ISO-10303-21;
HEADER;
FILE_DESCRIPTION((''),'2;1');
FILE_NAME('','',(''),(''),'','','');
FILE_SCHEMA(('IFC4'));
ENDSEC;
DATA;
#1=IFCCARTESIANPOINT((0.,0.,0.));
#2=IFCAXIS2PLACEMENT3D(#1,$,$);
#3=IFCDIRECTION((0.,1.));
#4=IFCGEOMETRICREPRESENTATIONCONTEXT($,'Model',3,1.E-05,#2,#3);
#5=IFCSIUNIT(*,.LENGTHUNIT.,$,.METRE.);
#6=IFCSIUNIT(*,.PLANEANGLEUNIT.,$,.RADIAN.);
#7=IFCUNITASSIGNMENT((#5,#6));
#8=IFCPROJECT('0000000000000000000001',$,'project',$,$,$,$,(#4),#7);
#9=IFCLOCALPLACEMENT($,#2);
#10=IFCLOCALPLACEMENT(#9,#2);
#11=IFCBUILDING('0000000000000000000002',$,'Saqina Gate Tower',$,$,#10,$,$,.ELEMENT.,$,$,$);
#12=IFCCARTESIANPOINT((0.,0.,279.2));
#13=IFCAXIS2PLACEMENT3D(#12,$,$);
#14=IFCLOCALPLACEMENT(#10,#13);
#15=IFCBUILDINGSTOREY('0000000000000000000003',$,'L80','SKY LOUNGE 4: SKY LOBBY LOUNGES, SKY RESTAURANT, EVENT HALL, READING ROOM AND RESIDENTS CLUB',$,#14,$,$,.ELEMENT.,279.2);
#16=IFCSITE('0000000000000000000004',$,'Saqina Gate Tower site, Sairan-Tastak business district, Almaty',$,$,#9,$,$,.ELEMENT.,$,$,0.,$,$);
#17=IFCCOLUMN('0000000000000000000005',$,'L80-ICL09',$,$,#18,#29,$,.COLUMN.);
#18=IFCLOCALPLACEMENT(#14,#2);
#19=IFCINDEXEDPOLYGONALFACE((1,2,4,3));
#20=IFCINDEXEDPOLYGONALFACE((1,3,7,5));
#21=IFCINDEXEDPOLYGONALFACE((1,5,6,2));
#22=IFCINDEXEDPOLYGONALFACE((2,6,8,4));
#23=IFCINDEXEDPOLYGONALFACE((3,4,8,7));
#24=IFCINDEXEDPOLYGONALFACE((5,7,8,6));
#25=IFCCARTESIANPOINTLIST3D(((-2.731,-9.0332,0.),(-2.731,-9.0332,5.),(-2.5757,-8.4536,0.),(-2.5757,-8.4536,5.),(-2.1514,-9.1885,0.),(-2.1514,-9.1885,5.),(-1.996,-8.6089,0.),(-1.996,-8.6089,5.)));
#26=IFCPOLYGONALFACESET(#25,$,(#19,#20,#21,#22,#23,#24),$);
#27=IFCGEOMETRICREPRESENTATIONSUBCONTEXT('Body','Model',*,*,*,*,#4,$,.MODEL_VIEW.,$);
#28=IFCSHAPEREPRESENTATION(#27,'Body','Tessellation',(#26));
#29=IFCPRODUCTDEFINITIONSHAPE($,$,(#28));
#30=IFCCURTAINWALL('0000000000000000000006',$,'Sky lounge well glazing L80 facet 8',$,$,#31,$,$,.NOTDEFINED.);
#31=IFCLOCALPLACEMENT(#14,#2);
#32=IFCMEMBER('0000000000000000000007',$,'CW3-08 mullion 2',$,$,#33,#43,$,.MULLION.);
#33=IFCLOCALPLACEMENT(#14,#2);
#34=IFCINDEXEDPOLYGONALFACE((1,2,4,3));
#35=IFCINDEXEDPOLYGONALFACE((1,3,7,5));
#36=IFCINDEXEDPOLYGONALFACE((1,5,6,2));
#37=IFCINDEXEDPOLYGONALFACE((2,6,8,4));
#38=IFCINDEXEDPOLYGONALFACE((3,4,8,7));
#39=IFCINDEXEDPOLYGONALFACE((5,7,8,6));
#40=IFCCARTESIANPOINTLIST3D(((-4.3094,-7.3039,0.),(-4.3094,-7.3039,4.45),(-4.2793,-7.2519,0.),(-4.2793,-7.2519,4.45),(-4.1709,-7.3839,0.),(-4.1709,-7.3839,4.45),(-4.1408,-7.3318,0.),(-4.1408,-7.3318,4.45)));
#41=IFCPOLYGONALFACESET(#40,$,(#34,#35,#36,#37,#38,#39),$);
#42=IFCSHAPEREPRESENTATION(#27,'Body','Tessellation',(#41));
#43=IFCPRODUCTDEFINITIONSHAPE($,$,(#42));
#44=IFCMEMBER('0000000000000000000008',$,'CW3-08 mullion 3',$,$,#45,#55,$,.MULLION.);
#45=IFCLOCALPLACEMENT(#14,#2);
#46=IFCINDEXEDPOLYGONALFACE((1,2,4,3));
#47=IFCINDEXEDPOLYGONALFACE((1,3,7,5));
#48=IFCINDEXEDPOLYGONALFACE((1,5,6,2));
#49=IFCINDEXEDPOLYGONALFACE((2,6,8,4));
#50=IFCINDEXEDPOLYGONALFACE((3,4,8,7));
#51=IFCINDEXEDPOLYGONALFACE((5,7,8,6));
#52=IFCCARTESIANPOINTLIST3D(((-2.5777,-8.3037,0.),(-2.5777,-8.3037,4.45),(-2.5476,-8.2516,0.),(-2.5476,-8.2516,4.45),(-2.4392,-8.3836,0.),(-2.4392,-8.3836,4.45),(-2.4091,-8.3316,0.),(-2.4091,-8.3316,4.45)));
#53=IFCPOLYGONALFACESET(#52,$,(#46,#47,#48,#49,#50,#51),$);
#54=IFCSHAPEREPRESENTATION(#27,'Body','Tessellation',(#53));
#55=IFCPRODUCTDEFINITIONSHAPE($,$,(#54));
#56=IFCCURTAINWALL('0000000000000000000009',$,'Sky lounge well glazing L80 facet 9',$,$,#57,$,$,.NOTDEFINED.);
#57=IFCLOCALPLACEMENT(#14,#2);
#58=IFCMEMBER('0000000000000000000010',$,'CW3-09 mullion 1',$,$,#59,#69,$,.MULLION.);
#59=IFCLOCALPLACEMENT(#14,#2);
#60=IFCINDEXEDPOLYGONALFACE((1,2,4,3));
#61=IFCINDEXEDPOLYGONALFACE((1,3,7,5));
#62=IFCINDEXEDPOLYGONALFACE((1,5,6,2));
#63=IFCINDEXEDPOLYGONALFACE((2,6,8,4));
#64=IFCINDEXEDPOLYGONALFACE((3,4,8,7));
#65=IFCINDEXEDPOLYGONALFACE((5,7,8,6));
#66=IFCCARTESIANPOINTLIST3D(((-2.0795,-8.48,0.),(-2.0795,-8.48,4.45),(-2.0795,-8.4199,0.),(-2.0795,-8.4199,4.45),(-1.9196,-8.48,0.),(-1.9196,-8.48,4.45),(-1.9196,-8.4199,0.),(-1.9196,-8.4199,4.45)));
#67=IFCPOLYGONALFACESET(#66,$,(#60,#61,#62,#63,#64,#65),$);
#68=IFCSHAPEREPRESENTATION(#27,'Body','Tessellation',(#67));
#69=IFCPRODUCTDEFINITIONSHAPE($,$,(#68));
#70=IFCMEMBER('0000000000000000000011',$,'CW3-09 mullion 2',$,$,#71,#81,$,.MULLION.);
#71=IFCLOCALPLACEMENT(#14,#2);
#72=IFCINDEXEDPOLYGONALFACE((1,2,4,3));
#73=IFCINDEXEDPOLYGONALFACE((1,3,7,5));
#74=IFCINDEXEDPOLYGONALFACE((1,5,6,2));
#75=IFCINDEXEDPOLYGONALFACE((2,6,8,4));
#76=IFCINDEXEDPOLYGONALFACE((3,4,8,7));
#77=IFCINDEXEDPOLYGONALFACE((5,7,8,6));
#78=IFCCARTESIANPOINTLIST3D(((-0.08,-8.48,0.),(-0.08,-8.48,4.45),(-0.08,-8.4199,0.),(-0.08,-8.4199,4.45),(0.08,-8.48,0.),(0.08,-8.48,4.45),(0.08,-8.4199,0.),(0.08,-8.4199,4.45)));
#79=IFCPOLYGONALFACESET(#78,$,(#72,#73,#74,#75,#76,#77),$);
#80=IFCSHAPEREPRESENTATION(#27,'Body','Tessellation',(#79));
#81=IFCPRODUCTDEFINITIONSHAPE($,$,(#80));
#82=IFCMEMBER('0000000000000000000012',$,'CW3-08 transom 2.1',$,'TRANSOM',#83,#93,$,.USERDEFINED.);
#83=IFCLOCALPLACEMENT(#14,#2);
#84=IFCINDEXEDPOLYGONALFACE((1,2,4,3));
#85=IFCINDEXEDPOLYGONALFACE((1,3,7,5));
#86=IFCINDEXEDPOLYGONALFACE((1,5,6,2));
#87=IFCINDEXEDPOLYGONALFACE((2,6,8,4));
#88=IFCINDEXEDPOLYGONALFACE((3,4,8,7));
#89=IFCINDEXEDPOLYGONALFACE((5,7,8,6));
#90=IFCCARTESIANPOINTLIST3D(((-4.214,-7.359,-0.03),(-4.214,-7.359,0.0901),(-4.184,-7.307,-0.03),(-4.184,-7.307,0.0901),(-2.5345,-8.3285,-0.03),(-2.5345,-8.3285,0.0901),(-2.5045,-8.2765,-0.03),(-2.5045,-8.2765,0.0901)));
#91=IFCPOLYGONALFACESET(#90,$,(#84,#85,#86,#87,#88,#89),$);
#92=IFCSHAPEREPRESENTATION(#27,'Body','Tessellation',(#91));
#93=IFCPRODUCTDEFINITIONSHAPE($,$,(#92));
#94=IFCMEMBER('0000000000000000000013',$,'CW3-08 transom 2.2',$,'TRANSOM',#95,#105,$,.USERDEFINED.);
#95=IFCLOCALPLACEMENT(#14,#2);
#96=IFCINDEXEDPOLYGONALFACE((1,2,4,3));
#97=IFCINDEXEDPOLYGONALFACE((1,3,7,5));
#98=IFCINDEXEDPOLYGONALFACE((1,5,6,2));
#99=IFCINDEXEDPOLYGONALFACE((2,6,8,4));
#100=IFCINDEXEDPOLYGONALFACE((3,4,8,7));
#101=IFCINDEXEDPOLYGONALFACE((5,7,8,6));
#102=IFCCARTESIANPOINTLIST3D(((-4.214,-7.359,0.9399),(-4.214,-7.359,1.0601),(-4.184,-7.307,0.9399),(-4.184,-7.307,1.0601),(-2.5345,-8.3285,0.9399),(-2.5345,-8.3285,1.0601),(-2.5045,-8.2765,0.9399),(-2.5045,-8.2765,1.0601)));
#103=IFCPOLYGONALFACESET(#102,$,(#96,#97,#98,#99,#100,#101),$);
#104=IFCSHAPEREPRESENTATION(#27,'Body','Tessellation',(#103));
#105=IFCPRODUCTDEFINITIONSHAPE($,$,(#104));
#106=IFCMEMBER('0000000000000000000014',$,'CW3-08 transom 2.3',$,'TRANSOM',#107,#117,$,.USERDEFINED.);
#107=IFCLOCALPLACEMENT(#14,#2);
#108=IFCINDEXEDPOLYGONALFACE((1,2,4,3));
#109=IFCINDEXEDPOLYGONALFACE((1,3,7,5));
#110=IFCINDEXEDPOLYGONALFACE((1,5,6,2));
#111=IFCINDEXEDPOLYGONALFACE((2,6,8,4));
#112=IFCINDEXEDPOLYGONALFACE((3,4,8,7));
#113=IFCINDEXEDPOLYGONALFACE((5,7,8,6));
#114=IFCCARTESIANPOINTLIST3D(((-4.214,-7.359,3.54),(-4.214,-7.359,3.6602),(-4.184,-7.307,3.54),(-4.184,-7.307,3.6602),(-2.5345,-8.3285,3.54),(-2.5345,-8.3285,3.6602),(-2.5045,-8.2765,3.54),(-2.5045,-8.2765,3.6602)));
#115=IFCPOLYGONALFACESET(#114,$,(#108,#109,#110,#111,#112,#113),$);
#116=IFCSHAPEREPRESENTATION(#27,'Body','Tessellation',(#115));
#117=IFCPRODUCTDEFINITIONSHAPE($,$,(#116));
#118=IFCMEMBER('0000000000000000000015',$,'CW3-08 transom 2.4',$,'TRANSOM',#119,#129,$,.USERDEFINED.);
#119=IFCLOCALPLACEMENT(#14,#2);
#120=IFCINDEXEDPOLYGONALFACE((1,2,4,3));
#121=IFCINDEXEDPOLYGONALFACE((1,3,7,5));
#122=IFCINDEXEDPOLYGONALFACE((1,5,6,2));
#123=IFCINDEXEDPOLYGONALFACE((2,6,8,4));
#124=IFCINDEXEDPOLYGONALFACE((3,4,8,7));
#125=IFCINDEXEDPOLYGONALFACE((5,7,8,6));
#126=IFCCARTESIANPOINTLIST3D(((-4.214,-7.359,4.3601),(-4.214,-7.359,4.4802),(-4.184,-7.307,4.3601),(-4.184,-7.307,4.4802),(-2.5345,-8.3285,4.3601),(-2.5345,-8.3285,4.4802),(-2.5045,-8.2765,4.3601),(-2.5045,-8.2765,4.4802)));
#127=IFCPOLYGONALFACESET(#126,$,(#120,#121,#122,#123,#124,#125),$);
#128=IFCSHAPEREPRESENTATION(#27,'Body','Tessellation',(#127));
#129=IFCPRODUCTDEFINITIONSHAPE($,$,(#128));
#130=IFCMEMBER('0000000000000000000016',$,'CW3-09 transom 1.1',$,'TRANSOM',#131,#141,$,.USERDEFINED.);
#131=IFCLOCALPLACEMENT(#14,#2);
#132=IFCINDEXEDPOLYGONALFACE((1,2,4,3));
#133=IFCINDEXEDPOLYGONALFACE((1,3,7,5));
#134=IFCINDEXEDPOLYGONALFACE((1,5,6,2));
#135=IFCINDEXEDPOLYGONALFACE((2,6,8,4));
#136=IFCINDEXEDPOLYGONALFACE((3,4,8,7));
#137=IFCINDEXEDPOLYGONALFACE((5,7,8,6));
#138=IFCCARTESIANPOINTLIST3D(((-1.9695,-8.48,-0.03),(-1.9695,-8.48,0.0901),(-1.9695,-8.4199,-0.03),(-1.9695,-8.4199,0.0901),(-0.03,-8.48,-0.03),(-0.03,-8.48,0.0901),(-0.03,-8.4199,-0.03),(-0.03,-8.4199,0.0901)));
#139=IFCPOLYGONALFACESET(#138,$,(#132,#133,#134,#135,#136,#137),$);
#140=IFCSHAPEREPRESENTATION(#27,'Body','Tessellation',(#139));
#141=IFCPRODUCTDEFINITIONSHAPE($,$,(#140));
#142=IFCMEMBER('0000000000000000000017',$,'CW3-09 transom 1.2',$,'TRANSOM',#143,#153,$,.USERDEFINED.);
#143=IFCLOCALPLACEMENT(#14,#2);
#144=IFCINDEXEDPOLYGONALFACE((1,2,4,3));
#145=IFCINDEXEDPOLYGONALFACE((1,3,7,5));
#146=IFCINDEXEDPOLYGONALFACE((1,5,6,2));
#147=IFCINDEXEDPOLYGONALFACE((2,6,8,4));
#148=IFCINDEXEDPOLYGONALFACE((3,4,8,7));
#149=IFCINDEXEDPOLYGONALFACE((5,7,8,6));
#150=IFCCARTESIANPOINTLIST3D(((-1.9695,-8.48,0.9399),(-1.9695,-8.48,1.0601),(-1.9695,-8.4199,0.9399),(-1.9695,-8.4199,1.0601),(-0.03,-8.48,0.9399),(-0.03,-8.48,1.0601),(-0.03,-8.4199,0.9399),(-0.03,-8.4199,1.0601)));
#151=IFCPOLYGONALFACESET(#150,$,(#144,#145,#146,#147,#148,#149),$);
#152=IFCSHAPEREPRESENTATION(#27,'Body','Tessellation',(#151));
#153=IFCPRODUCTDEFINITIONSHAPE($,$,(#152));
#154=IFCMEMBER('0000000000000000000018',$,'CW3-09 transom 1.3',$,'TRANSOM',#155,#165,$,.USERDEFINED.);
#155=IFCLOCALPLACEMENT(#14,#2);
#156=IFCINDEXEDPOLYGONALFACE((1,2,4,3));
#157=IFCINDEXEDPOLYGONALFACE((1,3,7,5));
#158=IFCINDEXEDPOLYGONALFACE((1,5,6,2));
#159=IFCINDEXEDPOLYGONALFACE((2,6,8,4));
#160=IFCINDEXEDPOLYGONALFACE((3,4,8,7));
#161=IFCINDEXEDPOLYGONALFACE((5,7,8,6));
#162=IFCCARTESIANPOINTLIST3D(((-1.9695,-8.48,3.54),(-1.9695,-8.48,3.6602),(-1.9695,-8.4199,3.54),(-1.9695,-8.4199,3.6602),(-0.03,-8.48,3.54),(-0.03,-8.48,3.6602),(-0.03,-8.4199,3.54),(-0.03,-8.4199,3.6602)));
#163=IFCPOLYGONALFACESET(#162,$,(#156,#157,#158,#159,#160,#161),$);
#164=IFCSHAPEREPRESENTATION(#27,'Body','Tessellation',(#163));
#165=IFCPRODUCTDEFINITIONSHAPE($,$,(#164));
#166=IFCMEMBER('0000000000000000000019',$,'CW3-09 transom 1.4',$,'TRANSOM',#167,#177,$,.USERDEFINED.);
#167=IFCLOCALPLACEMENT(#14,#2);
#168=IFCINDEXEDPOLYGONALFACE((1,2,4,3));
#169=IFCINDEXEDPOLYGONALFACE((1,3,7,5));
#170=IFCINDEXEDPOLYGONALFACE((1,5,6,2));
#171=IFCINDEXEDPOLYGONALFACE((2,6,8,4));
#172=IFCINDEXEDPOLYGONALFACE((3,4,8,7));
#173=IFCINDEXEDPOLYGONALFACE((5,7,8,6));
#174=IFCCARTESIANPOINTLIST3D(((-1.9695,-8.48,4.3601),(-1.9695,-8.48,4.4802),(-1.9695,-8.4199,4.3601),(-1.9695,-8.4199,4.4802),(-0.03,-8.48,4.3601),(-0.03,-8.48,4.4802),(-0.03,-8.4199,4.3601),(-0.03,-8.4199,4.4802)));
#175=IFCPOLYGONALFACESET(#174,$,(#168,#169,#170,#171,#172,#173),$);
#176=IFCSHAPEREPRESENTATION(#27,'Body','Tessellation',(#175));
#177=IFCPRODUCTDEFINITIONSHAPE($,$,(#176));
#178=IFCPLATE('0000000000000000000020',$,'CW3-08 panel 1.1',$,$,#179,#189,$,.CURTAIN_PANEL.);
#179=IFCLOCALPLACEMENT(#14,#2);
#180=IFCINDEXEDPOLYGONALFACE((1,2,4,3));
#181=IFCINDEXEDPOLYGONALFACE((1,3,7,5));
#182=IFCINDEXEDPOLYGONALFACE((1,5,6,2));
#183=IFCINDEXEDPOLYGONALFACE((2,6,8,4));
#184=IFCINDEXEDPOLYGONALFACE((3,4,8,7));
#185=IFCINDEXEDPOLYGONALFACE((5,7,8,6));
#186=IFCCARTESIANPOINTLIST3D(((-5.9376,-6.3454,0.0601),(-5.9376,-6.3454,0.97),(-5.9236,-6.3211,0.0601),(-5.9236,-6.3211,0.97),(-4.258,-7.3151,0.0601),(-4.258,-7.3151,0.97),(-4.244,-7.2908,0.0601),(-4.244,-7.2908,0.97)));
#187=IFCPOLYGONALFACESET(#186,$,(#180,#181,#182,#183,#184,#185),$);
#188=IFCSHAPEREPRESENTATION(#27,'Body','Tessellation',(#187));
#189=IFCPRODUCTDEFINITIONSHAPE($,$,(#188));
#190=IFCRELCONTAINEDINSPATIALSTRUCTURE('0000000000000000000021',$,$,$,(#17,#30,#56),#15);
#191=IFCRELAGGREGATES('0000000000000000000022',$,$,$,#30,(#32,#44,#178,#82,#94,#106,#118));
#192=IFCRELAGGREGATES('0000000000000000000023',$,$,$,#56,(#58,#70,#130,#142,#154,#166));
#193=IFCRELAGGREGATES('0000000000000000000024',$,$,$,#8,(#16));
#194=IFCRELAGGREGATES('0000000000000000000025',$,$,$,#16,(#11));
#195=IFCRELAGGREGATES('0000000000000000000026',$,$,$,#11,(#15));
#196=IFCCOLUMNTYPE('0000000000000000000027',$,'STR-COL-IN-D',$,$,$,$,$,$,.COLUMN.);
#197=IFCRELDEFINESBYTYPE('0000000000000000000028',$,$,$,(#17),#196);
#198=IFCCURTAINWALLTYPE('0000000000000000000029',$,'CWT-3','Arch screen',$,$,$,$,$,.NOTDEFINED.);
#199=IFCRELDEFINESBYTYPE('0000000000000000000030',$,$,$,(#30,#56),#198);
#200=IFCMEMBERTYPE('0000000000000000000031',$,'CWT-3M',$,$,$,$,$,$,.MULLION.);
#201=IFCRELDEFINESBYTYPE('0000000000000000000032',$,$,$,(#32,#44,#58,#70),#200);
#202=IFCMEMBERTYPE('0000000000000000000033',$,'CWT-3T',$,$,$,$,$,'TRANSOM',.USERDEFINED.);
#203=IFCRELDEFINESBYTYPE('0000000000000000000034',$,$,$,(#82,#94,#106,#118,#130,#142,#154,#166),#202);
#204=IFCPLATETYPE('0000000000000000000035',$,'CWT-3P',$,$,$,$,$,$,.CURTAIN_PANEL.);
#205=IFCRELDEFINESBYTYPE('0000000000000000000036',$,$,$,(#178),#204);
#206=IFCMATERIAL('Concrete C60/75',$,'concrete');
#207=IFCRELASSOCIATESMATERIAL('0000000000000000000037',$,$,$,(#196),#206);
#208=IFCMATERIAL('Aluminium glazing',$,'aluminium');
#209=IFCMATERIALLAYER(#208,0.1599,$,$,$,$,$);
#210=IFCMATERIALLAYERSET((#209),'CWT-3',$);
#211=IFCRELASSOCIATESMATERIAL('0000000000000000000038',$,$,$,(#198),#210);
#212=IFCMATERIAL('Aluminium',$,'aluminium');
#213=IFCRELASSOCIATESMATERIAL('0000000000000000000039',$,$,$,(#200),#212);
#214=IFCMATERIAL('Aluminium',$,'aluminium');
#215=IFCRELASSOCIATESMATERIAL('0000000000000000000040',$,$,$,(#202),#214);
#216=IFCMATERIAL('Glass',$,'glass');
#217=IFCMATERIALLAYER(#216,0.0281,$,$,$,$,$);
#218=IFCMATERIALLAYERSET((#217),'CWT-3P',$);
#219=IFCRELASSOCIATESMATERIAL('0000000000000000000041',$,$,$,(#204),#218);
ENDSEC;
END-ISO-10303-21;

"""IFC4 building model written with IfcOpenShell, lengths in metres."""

from ifc_helpers import new_model, si_unit, direction, frame, origin, origin_2d, place, context, subcontext, project, spatial, rectangle, extrude, material, layer, layer_set, material_profile, profile_set, type_object, element, aggregate, save


model = new_model("IFC4")

# Units and contexts
model_context = context("Model", 3, precision=1e-05, world=origin(), true_north=direction((0.0, 1.0)))
body_context = subcontext(model_context, "Body", "Model", "MODEL_VIEW")
ifc_project = project(units=[si_unit("LENGTHUNIT", "METRE"), si_unit("PLANEANGLEUNIT", "RADIAN")], contexts=[model_context])

# Site, building, storey
site_placement = place(None, origin())
site = spatial("IfcSite", under=ifc_project, at=site_placement, Name="Saqina Gate Tower site, Sairan-Tastak business district, Almaty", CompositionType="ELEMENT", RefElevation=0.0)
building_placement = place(site_placement, origin())
building = spatial("IfcBuilding", under=site, at=building_placement, Name="Saqina Gate Tower", CompositionType="ELEMENT")
storey_placement = place(building_placement, frame((0.0, 0.0, 279.2)))
storey = spatial("IfcBuildingStorey", under=building, at=storey_placement, Name="L80", Description="SKY LOUNGE 4: SKY LOBBY LOUNGES, SKY RESTAURANT, EVENT HALL, READING ROOM AND RESIDENTS CLUB", CompositionType="ELEMENT", Elevation=279.2)

# Column
ifc_material_1 = material(Name="Concrete C60/75", Category="concrete")
ifc_material_profile_1 = material_profile(ifc_material_1, rectangle(XDim=0.6001, YDim=0.6001, at=origin_2d()), Name="RC 600x600")
ifc_profile_set_1 = profile_set([ifc_material_profile_1], Name="Concrete C60/75")
column_type = type_object("IfcColumnType", Name="STR-COL-IN-D", PredefinedType="COLUMN", material=ifc_profile_set_1)
column_placement = place(storey_placement, frame((-2.3635, -8.821, 0.0), z_axis=(0.0, 0.0, 1.0), x_axis=(-0.258819, -0.965926, 0.0)))
element("IfcColumn", 1, at=column_placement, inside=storey, type_object=column_type, Name="L80-ICL09", PredefinedType="COLUMN", context=body_context, shape_type="SweptSolid", body=[
    extrude(rectangle(XDim=0.6001, YDim=0.6001, at=origin_2d()), origin(), (0.0, 0.0, 1.0), 5.0),
])

# Curtain walls, members
ifc_material_2 = material(Name="Aluminium glazing", Category="aluminium")
ifc_layer_1 = layer(ifc_material_2, 0.1599)
ifc_layer_set_1 = layer_set([ifc_layer_1], Name="CWT-3")
curtain_wall_type = type_object("IfcCurtainWallType", Name="CWT-3", Description="Arch screen", PredefinedType="NOTDEFINED", material=ifc_layer_set_1)
curtain_wall_1_placement = place(storey_placement, origin())
curtain_wall_1 = element("IfcCurtainWall", 2, at=curtain_wall_1_placement, inside=storey, type_object=curtain_wall_type, Name="Sky lounge well glazing L80 facet 8", PredefinedType="NOTDEFINED")
ifc_material_3 = material(Name="Aluminium", Category="aluminium")
ifc_material_profile_2 = material_profile(ifc_material_3, rectangle(XDim=0.0601, YDim=0.1599, at=origin_2d()), Name="Aluminium 60x160")
ifc_profile_set_2 = profile_set([ifc_material_profile_2], Name="Aluminium")
member_type_1 = type_object("IfcMemberType", Name="CWT-3M", PredefinedType="MULLION", material=ifc_profile_set_2)
member_1_placement = place(storey_placement, frame((-4.2251, -7.3179, 0.0), z_axis=(0.0, 0.0, 1.0), x_axis=(0.500003, 0.866024, 0.0)))
member_1 = element("IfcMember", 3, at=member_1_placement, type_object=member_type_1, Name="CW3-08 mullion 2", PredefinedType="MULLION", context=body_context, shape_type="SweptSolid", body=[
    extrude(rectangle(XDim=0.0601, YDim=0.1599, at=origin_2d()), origin(), (0.0, 0.0, 1.0), 4.45),
])
member_2_placement = place(storey_placement, frame((-2.4934, -8.3176, 0.0), z_axis=(0.0, 0.0, 1.0), x_axis=(0.500003, 0.866024, 0.0)))
member_2 = element("IfcMember", 4, at=member_2_placement, type_object=member_type_1, Name="CW3-08 mullion 3", PredefinedType="MULLION", context=body_context, shape_type="SweptSolid", body=[
    extrude(rectangle(XDim=0.0601, YDim=0.1599, at=origin_2d()), origin(), (0.0, 0.0, 1.0), 4.45),
])
curtain_wall_2_placement = place(storey_placement, origin())
curtain_wall_2 = element("IfcCurtainWall", 5, at=curtain_wall_2_placement, inside=storey, type_object=curtain_wall_type, Name="Sky lounge well glazing L80 facet 9", PredefinedType="NOTDEFINED")
member_3_placement = place(storey_placement, frame((-1.9995, -8.45, 0.0), z_axis=(0.0, 0.0, 1.0), x_axis=(0.0, 1.0, 0.0)))
member_3 = element("IfcMember", 6, at=member_3_placement, type_object=member_type_1, Name="CW3-09 mullion 1", PredefinedType="MULLION", context=body_context, shape_type="SweptSolid", body=[
    extrude(rectangle(XDim=0.0601, YDim=0.1599, at=origin_2d()), origin(), (0.0, 0.0, 1.0), 4.45),
])
member_4_placement = place(storey_placement, frame((0.0, -8.45, 0.0), z_axis=(0.0, 0.0, 1.0), x_axis=(0.0, 1.0, 0.0)))
member_4 = element("IfcMember", 7, at=member_4_placement, type_object=member_type_1, Name="CW3-09 mullion 2", PredefinedType="MULLION", context=body_context, shape_type="SweptSolid", body=[
    extrude(rectangle(XDim=0.0601, YDim=0.1599, at=origin_2d()), origin(), (0.0, 0.0, 1.0), 4.45),
])

# Members
ifc_material_4 = material(Name="Aluminium", Category="aluminium")
ifc_material_profile_3 = material_profile(ifc_material_4, rectangle(XDim=0.0601, YDim=0.1201, at=origin_2d()), Name="Aluminium 60x120")
ifc_profile_set_3 = profile_set([ifc_material_profile_3], Name="Aluminium")
member_type_2 = type_object("IfcMemberType", Name="CWT-3T", ElementType="TRANSOM", PredefinedType="USERDEFINED", material=ifc_profile_set_3)
member_5_placement = place(storey_placement, frame((-4.199, -7.333, 0.03), z_axis=(0.866058, -0.499944, 0.0), x_axis=(0.499944, 0.866058, 0.0)))
member_5 = element("IfcMember", 8, at=member_5_placement, type_object=member_type_2, Name="CW3-08 transom 2.1", ObjectType="TRANSOM", PredefinedType="USERDEFINED", context=body_context, shape_type="SweptSolid", body=[
    extrude(rectangle(XDim=0.0601, YDim=0.1201, at=origin_2d()), origin(), (0.0, 0.0, 1.0), 1.9392),
])
member_6_placement = place(storey_placement, frame((-4.199, -7.333, 1.0), z_axis=(0.866058, -0.499944, 0.0), x_axis=(0.499944, 0.866058, 0.0)))
member_6 = element("IfcMember", 9, at=member_6_placement, type_object=member_type_2, Name="CW3-08 transom 2.2", ObjectType="TRANSOM", PredefinedType="USERDEFINED", context=body_context, shape_type="SweptSolid", body=[
    extrude(rectangle(XDim=0.0601, YDim=0.1201, at=origin_2d()), origin(), (0.0, 0.0, 1.0), 1.9392),
])
member_7_placement = place(storey_placement, frame((-4.199, -7.333, 3.6001), z_axis=(0.866058, -0.499944, 0.0), x_axis=(0.499944, 0.866058, 0.0)))
member_7 = element("IfcMember", 10, at=member_7_placement, type_object=member_type_2, Name="CW3-08 transom 2.3", ObjectType="TRANSOM", PredefinedType="USERDEFINED", context=body_context, shape_type="SweptSolid", body=[
    extrude(rectangle(XDim=0.0601, YDim=0.1201, at=origin_2d()), origin(), (0.0, 0.0, 1.0), 1.9392),
])
member_8_placement = place(storey_placement, frame((-4.199, -7.333, 4.4202), z_axis=(0.866058, -0.499944, 0.0), x_axis=(0.499944, 0.866058, 0.0)))
member_8 = element("IfcMember", 11, at=member_8_placement, type_object=member_type_2, Name="CW3-08 transom 2.4", ObjectType="TRANSOM", PredefinedType="USERDEFINED", context=body_context, shape_type="SweptSolid", body=[
    extrude(rectangle(XDim=0.0601, YDim=0.1201, at=origin_2d()), origin(), (0.0, 0.0, 1.0), 1.9392),
])
member_9_placement = place(storey_placement, frame((-1.9695, -8.45, 0.03), z_axis=(1.0, 0.0, 0.0), x_axis=(0.0, 1.0, 0.0)))
member_9 = element("IfcMember", 12, at=member_9_placement, type_object=member_type_2, Name="CW3-09 transom 1.1", ObjectType="TRANSOM", PredefinedType="USERDEFINED", context=body_context, shape_type="SweptSolid", body=[
    extrude(rectangle(XDim=0.0601, YDim=0.1201, at=origin_2d()), origin(), (0.0, 0.0, 1.0), 1.9395),
])
member_10_placement = place(storey_placement, frame((-1.9695, -8.45, 1.0), z_axis=(1.0, 0.0, 0.0), x_axis=(0.0, 1.0, 0.0)))
member_10 = element("IfcMember", 13, at=member_10_placement, type_object=member_type_2, Name="CW3-09 transom 1.2", ObjectType="TRANSOM", PredefinedType="USERDEFINED", context=body_context, shape_type="SweptSolid", body=[
    extrude(rectangle(XDim=0.0601, YDim=0.1201, at=origin_2d()), origin(), (0.0, 0.0, 1.0), 1.9395),
])
member_11_placement = place(storey_placement, frame((-1.9695, -8.45, 3.6001), z_axis=(1.0, 0.0, 0.0), x_axis=(0.0, 1.0, 0.0)))
member_11 = element("IfcMember", 14, at=member_11_placement, type_object=member_type_2, Name="CW3-09 transom 1.3", ObjectType="TRANSOM", PredefinedType="USERDEFINED", context=body_context, shape_type="SweptSolid", body=[
    extrude(rectangle(XDim=0.0601, YDim=0.1201, at=origin_2d()), origin(), (0.0, 0.0, 1.0), 1.9395),
])
member_12_placement = place(storey_placement, frame((-1.9695, -8.45, 4.4202), z_axis=(1.0, 0.0, 0.0), x_axis=(0.0, 1.0, 0.0)))
member_12 = element("IfcMember", 15, at=member_12_placement, type_object=member_type_2, Name="CW3-09 transom 1.4", ObjectType="TRANSOM", PredefinedType="USERDEFINED", context=body_context, shape_type="SweptSolid", body=[
    extrude(rectangle(XDim=0.0601, YDim=0.1201, at=origin_2d()), origin(), (0.0, 0.0, 1.0), 1.9395),
])

# Plate
ifc_material_5 = material(Name="Glass", Category="glass")
ifc_layer_2 = layer(ifc_material_5, 0.0281)
ifc_layer_set_2 = layer_set([ifc_layer_2], Name="CWT-3P")
plate_type = type_object("IfcPlateType", Name="CWT-3P", PredefinedType="CURTAIN_PANEL", material=ifc_layer_set_2)
plate_1_placement = place(storey_placement, frame((-5.0908, -6.8181, 0.0601), z_axis=(0.0, 0.0, 1.0), x_axis=(0.866024, -0.500003, 0.0)))
plate_1 = element("IfcPlate", 16, at=plate_1_placement, type_object=plate_type, Name="CW3-08 panel 1.1", PredefinedType="CURTAIN_PANEL", context=body_context, shape_type="SweptSolid", body=[
    extrude(rectangle(XDim=1.9395, YDim=0.0281, at=origin_2d()), origin(), (0.0, 0.0, 1.0), 0.9099),
])
aggregate(curtain_wall_1, [member_1, member_2, plate_1, member_5, member_6, member_7, member_8])
aggregate(curtain_wall_2, [member_3, member_4, member_9, member_10, member_11, member_12])

save(model, "model.ifc")
